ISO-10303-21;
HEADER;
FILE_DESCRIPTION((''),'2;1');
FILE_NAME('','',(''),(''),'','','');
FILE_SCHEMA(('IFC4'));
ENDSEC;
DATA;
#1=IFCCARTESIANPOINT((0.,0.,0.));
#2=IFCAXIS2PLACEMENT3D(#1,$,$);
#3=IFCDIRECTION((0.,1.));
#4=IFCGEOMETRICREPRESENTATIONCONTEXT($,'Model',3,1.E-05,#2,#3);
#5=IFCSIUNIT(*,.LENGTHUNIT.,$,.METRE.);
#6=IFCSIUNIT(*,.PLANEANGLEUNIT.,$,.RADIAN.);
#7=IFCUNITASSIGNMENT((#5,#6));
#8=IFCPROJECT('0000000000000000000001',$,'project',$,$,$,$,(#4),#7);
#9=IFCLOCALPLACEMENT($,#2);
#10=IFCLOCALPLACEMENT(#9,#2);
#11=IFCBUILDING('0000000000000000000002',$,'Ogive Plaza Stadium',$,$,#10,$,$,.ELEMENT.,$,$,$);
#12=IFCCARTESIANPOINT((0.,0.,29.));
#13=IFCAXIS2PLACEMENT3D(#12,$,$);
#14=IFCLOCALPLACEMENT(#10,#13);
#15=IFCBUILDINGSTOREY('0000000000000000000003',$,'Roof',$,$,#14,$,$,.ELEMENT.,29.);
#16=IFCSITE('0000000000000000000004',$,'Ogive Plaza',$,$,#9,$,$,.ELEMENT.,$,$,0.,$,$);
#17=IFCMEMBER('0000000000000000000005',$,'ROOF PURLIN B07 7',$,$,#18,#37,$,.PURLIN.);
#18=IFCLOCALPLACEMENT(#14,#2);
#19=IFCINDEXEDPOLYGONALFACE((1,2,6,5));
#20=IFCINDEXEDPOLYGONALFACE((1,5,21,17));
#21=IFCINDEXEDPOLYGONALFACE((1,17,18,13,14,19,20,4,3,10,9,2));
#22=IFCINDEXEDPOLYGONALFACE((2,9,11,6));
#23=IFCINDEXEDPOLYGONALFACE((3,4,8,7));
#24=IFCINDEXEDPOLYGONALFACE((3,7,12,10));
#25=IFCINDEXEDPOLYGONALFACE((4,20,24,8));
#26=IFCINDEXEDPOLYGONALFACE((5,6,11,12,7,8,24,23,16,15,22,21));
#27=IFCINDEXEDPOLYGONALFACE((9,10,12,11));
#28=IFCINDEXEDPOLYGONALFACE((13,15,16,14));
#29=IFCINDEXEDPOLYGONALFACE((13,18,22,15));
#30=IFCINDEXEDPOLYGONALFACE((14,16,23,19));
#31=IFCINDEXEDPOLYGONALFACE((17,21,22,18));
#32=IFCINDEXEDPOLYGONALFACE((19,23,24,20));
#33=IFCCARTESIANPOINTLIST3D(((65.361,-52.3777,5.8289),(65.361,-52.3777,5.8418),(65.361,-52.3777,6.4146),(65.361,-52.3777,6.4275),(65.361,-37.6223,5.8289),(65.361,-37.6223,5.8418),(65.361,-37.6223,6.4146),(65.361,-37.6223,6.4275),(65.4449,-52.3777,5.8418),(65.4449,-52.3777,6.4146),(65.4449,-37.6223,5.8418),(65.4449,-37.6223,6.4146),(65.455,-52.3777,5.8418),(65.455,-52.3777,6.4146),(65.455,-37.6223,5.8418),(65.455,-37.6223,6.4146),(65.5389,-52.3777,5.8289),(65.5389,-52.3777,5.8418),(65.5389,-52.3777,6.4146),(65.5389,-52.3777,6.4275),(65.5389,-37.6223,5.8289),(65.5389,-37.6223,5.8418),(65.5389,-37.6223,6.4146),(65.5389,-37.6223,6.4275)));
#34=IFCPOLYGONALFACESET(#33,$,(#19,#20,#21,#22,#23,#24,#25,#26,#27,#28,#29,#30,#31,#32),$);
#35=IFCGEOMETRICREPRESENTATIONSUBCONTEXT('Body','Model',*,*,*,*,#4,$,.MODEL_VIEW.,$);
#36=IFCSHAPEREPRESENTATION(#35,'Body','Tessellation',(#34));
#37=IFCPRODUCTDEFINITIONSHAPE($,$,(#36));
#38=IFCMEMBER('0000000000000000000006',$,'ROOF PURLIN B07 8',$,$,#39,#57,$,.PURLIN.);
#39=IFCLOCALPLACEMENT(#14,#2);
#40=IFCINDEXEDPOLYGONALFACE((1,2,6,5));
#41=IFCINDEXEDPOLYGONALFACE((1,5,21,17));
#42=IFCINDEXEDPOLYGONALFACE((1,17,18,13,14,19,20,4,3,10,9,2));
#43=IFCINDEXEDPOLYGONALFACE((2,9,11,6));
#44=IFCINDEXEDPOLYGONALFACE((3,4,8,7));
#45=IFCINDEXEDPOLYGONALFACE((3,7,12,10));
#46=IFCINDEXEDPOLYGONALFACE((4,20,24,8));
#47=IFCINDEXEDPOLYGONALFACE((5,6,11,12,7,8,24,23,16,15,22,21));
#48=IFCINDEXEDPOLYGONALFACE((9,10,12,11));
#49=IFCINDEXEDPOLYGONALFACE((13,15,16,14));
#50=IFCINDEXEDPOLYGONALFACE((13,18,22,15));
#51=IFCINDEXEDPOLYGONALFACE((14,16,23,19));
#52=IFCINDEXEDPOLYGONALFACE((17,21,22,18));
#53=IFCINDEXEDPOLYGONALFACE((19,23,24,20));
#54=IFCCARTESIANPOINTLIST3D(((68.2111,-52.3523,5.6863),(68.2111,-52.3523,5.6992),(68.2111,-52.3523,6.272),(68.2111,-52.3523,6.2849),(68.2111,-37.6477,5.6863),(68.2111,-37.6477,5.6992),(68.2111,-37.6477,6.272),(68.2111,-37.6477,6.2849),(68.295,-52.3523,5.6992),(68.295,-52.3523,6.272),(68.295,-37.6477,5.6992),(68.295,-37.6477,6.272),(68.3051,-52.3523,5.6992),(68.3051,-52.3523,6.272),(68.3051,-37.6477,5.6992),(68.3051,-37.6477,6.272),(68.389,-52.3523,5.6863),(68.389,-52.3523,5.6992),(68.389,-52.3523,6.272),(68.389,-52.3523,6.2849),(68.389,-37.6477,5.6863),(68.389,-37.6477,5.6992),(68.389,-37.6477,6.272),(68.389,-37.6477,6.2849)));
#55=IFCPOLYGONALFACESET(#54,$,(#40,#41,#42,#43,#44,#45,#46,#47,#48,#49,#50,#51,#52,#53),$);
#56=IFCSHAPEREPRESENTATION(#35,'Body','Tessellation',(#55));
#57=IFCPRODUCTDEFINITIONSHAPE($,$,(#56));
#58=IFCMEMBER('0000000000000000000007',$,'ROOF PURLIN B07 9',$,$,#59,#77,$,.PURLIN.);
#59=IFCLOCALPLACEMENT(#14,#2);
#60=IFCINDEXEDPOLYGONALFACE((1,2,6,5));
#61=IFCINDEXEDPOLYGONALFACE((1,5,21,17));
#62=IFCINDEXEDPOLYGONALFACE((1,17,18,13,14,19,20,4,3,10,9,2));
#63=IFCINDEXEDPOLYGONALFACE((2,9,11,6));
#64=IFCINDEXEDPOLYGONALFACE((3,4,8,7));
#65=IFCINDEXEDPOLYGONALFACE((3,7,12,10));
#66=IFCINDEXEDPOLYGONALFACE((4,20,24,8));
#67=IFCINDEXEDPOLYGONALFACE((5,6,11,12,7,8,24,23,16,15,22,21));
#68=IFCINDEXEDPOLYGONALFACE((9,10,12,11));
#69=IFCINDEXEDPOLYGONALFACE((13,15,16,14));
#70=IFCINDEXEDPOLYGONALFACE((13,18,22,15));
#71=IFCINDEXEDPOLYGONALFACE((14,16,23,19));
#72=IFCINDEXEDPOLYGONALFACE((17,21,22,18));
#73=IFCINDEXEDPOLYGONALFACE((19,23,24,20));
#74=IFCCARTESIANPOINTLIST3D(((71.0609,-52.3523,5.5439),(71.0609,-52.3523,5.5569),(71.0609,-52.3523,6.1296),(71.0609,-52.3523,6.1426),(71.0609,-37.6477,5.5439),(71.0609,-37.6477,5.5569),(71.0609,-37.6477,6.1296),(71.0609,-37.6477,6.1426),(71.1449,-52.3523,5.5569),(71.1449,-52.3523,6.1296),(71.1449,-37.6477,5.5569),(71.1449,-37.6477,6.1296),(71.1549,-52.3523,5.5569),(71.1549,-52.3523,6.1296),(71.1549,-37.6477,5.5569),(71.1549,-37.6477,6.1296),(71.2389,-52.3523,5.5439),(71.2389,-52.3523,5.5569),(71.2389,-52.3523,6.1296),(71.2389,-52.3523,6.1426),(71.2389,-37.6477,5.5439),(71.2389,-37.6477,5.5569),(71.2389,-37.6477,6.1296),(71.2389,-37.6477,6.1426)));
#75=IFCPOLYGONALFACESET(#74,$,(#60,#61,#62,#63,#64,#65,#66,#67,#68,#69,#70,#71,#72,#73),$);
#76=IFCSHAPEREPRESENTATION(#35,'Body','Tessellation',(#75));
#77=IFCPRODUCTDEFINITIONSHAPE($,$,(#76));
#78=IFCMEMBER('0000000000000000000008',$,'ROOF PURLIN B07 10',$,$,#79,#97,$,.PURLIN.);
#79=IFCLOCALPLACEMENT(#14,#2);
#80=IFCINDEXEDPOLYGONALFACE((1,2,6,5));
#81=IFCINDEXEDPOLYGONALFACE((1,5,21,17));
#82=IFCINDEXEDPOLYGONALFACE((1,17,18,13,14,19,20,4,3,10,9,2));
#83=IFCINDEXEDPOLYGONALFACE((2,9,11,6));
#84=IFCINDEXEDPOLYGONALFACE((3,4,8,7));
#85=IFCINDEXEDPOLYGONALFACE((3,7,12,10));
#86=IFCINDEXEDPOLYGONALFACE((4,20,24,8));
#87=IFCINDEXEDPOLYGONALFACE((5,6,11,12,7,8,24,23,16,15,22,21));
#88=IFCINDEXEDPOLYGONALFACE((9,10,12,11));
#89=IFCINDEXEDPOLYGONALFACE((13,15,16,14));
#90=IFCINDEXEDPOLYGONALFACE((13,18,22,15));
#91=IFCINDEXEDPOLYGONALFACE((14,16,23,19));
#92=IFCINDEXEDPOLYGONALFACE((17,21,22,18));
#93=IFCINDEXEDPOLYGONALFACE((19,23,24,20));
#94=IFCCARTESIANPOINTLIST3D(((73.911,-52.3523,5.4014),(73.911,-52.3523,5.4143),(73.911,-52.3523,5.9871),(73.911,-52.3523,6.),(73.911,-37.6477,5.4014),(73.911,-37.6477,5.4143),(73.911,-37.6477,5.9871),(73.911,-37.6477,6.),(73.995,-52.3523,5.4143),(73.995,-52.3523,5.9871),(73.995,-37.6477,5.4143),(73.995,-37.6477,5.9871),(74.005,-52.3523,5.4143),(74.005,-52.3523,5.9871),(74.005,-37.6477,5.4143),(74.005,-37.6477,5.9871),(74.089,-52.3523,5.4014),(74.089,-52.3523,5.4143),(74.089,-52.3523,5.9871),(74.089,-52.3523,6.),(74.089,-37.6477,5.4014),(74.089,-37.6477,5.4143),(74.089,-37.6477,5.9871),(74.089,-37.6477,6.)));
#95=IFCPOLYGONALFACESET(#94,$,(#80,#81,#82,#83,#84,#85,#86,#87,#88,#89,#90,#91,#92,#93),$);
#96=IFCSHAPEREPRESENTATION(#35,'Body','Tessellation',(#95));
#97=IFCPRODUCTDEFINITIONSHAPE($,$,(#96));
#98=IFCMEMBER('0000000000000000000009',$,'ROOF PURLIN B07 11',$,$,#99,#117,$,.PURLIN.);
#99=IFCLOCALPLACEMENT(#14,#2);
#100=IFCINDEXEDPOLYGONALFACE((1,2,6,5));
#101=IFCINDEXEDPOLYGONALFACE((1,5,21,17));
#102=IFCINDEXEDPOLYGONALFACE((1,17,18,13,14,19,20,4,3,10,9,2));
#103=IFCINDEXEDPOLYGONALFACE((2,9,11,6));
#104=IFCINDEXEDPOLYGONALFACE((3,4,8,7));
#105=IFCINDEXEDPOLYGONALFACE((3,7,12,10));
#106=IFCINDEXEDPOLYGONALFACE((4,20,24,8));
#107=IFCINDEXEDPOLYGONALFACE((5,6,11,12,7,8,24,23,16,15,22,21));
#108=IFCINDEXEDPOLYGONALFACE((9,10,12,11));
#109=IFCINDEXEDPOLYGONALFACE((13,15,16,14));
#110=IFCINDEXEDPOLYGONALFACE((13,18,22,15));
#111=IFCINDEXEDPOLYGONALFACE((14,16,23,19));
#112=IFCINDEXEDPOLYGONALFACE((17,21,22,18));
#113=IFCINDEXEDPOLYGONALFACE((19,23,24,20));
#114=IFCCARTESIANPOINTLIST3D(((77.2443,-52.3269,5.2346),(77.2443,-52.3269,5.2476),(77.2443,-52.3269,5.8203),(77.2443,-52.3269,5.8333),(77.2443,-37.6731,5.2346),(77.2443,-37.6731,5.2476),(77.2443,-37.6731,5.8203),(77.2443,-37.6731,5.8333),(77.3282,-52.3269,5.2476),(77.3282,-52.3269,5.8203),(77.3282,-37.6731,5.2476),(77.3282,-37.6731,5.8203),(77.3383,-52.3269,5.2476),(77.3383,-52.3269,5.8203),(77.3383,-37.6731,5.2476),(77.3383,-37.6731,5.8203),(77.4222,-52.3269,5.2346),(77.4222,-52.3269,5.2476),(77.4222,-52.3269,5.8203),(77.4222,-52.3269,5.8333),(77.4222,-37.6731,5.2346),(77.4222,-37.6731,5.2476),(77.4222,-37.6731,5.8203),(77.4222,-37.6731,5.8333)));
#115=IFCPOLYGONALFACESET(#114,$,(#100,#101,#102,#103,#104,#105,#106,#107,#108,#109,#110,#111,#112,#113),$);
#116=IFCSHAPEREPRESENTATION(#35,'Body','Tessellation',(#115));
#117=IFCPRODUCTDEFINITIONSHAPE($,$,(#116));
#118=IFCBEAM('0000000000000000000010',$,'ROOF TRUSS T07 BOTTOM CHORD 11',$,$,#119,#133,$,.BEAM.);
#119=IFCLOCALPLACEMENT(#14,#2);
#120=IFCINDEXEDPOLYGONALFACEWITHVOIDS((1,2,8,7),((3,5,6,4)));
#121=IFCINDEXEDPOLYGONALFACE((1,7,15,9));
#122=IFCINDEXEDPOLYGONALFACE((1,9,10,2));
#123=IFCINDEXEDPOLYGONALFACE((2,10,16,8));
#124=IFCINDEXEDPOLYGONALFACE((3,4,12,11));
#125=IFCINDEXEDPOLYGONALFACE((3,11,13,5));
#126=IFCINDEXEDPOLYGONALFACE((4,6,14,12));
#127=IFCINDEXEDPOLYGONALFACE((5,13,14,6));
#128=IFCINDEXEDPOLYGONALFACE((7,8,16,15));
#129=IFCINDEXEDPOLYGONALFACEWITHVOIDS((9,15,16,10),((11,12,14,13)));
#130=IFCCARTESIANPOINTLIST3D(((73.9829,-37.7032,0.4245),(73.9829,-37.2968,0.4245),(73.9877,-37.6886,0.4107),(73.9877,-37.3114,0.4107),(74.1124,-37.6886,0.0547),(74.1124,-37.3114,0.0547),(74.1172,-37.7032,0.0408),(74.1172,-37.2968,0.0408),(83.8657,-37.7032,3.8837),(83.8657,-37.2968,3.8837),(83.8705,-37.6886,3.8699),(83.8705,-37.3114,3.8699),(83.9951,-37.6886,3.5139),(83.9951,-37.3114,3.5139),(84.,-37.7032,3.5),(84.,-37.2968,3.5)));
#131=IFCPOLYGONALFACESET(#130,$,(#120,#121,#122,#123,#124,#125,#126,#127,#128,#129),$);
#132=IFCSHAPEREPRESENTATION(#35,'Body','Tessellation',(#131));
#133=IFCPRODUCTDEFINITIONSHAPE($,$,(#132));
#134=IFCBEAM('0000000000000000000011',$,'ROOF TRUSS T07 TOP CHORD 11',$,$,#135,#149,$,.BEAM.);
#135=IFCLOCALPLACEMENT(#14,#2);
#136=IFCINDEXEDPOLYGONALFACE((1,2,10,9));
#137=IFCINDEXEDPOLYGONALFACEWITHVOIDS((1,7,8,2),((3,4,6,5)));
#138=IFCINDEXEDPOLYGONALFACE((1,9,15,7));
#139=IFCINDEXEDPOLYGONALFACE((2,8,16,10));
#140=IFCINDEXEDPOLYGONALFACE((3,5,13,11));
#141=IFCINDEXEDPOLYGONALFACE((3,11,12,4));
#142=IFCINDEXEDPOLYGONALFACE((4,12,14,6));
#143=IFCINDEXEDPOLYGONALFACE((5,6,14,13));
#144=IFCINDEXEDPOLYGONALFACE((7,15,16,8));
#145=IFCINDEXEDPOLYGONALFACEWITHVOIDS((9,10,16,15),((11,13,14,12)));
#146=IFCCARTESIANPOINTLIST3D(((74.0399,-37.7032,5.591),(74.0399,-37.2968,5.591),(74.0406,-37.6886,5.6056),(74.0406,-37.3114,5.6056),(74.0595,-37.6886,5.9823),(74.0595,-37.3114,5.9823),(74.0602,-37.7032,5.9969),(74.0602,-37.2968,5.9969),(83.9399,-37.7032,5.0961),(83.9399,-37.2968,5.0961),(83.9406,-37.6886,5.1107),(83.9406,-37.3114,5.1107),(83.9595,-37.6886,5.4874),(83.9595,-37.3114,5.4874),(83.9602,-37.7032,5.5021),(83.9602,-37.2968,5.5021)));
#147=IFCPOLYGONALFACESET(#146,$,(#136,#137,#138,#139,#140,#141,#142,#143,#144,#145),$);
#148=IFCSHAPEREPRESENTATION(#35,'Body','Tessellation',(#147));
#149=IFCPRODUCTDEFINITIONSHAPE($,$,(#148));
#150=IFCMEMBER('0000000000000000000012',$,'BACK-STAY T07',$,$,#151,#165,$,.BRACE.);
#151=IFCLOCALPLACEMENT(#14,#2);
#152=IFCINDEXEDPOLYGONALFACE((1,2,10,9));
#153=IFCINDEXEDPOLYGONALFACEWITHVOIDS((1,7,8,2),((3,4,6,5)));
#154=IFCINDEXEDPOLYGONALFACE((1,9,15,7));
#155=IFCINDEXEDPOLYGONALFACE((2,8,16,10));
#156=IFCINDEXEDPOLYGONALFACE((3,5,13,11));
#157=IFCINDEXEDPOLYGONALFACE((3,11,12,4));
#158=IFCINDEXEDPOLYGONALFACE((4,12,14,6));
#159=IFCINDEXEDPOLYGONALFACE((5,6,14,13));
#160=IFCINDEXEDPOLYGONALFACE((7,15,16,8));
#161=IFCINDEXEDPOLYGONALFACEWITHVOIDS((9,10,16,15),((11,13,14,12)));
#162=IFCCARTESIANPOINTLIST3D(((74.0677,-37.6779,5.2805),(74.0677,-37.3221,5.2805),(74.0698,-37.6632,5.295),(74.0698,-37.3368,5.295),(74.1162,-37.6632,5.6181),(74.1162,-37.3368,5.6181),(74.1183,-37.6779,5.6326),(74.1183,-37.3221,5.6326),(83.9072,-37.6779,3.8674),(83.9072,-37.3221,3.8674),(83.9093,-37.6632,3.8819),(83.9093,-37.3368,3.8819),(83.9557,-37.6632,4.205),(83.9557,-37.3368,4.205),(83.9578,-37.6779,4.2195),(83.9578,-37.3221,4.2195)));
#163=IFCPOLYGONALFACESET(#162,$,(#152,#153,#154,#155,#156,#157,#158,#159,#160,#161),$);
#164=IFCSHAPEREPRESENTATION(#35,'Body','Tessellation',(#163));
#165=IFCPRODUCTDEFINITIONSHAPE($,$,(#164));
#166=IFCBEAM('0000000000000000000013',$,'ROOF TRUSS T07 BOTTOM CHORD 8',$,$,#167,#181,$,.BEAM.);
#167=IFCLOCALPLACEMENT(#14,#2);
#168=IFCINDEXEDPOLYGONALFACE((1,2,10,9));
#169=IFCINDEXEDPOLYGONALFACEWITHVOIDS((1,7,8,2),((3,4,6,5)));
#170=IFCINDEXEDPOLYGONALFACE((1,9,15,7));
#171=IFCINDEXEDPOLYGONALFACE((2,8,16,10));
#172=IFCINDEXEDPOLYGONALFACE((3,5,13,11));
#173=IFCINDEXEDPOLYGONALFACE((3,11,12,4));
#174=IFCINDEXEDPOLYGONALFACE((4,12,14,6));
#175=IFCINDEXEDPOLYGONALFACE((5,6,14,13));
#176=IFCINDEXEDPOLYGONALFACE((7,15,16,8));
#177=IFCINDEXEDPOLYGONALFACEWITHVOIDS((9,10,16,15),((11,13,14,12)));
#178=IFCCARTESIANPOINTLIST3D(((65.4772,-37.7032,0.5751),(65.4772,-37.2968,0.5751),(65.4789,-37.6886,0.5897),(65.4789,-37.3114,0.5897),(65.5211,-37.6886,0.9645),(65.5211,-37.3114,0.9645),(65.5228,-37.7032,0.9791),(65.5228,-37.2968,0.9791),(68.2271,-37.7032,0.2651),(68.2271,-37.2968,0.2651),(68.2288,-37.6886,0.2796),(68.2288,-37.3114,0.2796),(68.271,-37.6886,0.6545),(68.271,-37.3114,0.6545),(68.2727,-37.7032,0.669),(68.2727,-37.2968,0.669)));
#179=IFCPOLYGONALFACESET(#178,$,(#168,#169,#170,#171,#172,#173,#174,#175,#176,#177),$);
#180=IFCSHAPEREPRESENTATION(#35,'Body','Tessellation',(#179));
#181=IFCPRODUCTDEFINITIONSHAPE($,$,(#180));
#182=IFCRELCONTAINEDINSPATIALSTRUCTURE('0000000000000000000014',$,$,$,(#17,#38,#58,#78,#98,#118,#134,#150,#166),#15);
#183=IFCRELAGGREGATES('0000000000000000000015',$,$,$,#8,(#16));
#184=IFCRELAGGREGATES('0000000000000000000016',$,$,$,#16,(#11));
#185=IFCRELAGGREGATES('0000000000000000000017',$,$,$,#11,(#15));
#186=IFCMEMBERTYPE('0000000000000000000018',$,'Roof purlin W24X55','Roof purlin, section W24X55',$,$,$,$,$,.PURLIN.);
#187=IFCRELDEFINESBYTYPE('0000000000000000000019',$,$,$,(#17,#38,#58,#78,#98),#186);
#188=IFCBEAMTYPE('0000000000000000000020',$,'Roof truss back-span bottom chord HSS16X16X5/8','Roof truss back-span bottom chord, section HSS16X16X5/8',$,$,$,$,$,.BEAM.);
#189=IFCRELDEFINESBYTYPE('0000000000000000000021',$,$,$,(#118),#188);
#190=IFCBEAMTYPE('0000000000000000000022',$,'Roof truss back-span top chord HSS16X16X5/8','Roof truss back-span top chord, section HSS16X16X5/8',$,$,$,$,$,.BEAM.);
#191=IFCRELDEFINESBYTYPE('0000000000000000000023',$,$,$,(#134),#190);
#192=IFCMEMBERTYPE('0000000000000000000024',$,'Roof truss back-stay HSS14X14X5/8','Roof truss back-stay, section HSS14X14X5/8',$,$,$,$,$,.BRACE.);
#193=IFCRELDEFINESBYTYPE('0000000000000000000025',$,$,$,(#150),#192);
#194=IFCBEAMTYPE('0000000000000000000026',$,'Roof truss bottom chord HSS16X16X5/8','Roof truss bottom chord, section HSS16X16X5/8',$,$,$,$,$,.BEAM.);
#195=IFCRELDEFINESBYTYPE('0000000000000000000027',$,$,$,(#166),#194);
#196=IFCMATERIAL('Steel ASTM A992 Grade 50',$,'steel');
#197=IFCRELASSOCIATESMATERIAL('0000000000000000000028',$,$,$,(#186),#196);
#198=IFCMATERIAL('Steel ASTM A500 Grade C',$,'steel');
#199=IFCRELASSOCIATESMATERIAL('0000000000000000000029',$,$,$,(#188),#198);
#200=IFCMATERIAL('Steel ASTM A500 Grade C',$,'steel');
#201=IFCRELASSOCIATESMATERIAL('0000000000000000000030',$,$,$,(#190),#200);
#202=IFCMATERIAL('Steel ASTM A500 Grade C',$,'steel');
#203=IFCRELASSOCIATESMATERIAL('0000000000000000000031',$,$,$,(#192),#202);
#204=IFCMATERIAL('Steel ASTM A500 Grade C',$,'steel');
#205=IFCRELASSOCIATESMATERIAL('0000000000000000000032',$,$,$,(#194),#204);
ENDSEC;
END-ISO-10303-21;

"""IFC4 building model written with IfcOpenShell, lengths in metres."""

from ifc_helpers import new_model, si_unit, direction, frame, origin, origin_2d, place, context, subcontext, project, spatial, hollow_rectangle, i_section, extrude, material, material_profile, profile_set, type_object, element, save


model = new_model("IFC4")

# Units and contexts
model_context = context("Model", 3, precision=1e-05, world=origin(), true_north=direction((0.0, 1.0)))
body_context = subcontext(model_context, "Body", "Model", "MODEL_VIEW")
ifc_project = project(units=[si_unit("LENGTHUNIT", "METRE"), si_unit("PLANEANGLEUNIT", "RADIAN")], contexts=[model_context])

# Site, building, storey
site_placement = place(None, origin())
site = spatial("IfcSite", under=ifc_project, at=site_placement, Name="Ogive Plaza", CompositionType="ELEMENT", RefElevation=0.0)
building_placement = place(site_placement, origin())
building = spatial("IfcBuilding", under=site, at=building_placement, Name="Ogive Plaza Stadium", CompositionType="ELEMENT")
storey_placement = place(building_placement, frame((0.0, 0.0, 29.0)))
storey = spatial("IfcBuildingStorey", under=building, at=storey_placement, Name="Roof", CompositionType="ELEMENT", Elevation=29.0)

# Members
ifc_material_1 = material(Name="Steel ASTM A992 Grade 50", Category="steel")
ifc_material_profile_1 = material_profile(ifc_material_1, i_section(OverallWidth=0.178, OverallDepth=0.5986, WebThickness=0.01, FlangeThickness=0.0129, at=origin_2d()), Name="W24X55")
ifc_profile_set_1 = profile_set([ifc_material_profile_1], Name="Steel ASTM A992 Grade 50")
member_type_1 = type_object("IfcMemberType", Name="Roof purlin W24X55", Description="Roof purlin, section W24X55", PredefinedType="PURLIN", material=ifc_profile_set_1)
member_1_placement = place(storey_placement, frame((65.45, -37.6223, 6.1282), z_axis=(0.0, -1.0, 0.0), x_axis=(1.0, 0.0, 0.0)))
element("IfcMember", 1, at=member_1_placement, inside=storey, type_object=member_type_1, Name="ROOF PURLIN B07 7", PredefinedType="PURLIN", context=body_context, shape_type="SweptSolid", body=[
    extrude(i_section(OverallWidth=0.178, OverallDepth=0.5986, WebThickness=0.01, FlangeThickness=0.0129, at=origin_2d()), origin(), (0.0, 0.0, 1.0), 14.7554),
])
for number, where, z_axis, x_axis, name in (
    (2, (68.3, -37.6477, 5.9856), (0.0, -1.0, 0.0), (1.0, 0.0, 0.0), "ROOF PURLIN B07 8"),
    (3, (71.1499, -37.6477, 5.8433), (0.0, -1.0, 0.0), (1.0, 0.0, 0.0), "ROOF PURLIN B07 9"),
    (4, (74.0, -37.6477, 5.7007), (0.0, -1.0, 0.0), (1.0, 0.0, 0.0), "ROOF PURLIN B07 10"),
):
    element("IfcMember", number, at=place(storey_placement, frame(where, z_axis=z_axis, x_axis=x_axis)), inside=storey, type_object=member_type_1, Name=name, PredefinedType="PURLIN", context=body_context, shape_type="SweptSolid", body=[
        extrude(i_section(OverallWidth=0.178, OverallDepth=0.5986, WebThickness=0.01, FlangeThickness=0.0129, at=origin_2d()), origin(), (0.0, 0.0, 1.0), 14.7046),
    ])
member_2_placement = place(storey_placement, frame((77.3333, -37.6731, 5.5339), z_axis=(0.0, -1.0, 0.0), x_axis=(1.0, 0.0, 0.0)))
element("IfcMember", 5, at=member_2_placement, inside=storey, type_object=member_type_1, Name="ROOF PURLIN B07 11", PredefinedType="PURLIN", context=body_context, shape_type="SweptSolid", body=[
    extrude(i_section(OverallWidth=0.178, OverallDepth=0.5986, WebThickness=0.01, FlangeThickness=0.0129, at=origin_2d()), origin(), (0.0, 0.0, 1.0), 14.6538),
])

# Beams
ifc_material_2 = material(Name="Steel ASTM A500 Grade C", Category="steel")
ifc_material_profile_2 = material_profile(ifc_material_2, hollow_rectangle(XDim=0.4065, YDim=0.4065, WallThickness=0.0146, at=origin_2d()), Name="HSS16X16X5/8")
ifc_profile_set_2 = profile_set([ifc_material_profile_2], Name="Steel ASTM A500 Grade C")
beam_type_1 = type_object("IfcBeamType", Name="Roof truss back-span bottom chord HSS16X16X5/8", Description="Roof truss back-span bottom chord, section HSS16X16X5/8", PredefinedType="BEAM", material=ifc_profile_set_2)
beam_1_placement = place(storey_placement, frame((74.05, -37.5, 0.2327), z_axis=(0.943851, 0.0, 0.330371), x_axis=(0.0, 1.0, 0.0)))
element("IfcBeam", 6, at=beam_1_placement, inside=storey, type_object=beam_type_1, Name="ROOF TRUSS T07 BOTTOM CHORD 11", PredefinedType="BEAM", context=body_context, shape_type="SweptSolid", body=[
    extrude(hollow_rectangle(XDim=0.4065, YDim=0.4065, WallThickness=0.0146, at=origin_2d()), origin(), (0.0, 0.0, 1.0), 10.4707),
])
ifc_material_3 = material(Name="Steel ASTM A500 Grade C", Category="steel")
ifc_material_profile_3 = material_profile(ifc_material_3, hollow_rectangle(XDim=0.4065, YDim=0.4065, WallThickness=0.0146, at=origin_2d()), Name="HSS16X16X5/8")
ifc_profile_set_3 = profile_set([ifc_material_profile_3], Name="Steel ASTM A500 Grade C")
beam_type_2 = type_object("IfcBeamType", Name="Roof truss back-span top chord HSS16X16X5/8", Description="Roof truss back-span top chord, section HSS16X16X5/8", PredefinedType="BEAM", material=ifc_profile_set_3)
beam_2_placement = place(storey_placement, frame((74.05, -37.5, 5.7939), z_axis=(0.998753, 0.0, -0.049925), x_axis=(0.0, 1.0, 0.0)))
element("IfcBeam", 7, at=beam_2_placement, inside=storey, type_object=beam_type_2, Name="ROOF TRUSS T07 TOP CHORD 11", PredefinedType="BEAM", context=body_context, shape_type="SweptSolid", body=[
    extrude(hollow_rectangle(XDim=0.4065, YDim=0.4065, WallThickness=0.0146, at=origin_2d()), origin(), (0.0, 0.0, 1.0), 9.9124),
])

# Member
ifc_material_4 = material(Name="Steel ASTM A500 Grade C", Category="steel")
ifc_material_profile_4 = material_profile(ifc_material_4, hollow_rectangle(XDim=0.3557, YDim=0.3557, WallThickness=0.0146, at=origin_2d()), Name="HSS14X14X5/8")
ifc_profile_set_4 = profile_set([ifc_material_profile_4], Name="Steel ASTM A500 Grade C")
member_type_2 = type_object("IfcMemberType", Name="Roof truss back-stay HSS14X14X5/8", Description="Roof truss back-stay, section HSS14X14X5/8", PredefinedType="BRACE", material=ifc_profile_set_4)
member_3_placement = place(storey_placement, frame((74.093, -37.5, 5.4565), z_axis=(0.989844, 0.0, -0.142157), x_axis=(0.0, 1.0, 0.0)))
element("IfcMember", 8, at=member_3_placement, inside=storey, type_object=member_type_2, Name="BACK-STAY T07", PredefinedType="BRACE", context=body_context, shape_type="SweptSolid", body=[
    extrude(hollow_rectangle(XDim=0.3557, YDim=0.3557, WallThickness=0.0146, at=origin_2d()), origin(), (0.0, 0.0, 1.0), 9.9404),
])

# Beam
ifc_material_5 = material(Name="Steel ASTM A500 Grade C", Category="steel")
ifc_material_profile_5 = material_profile(ifc_material_5, hollow_rectangle(XDim=0.4065, YDim=0.4065, WallThickness=0.0146, at=origin_2d()), Name="HSS16X16X5/8")
ifc_profile_set_5 = profile_set([ifc_material_profile_5], Name="Steel ASTM A500 Grade C")
beam_type_3 = type_object("IfcBeamType", Name="Roof truss bottom chord HSS16X16X5/8", Description="Roof truss bottom chord, section HSS16X16X5/8", PredefinedType="BEAM", material=ifc_profile_set_5)
beam_3_placement = place(storey_placement, frame((65.5, -37.5, 0.7771), z_axis=(0.993704, 0.0, -0.112039), x_axis=(0.0, 1.0, 0.0)))
element("IfcBeam", 9, at=beam_3_placement, inside=storey, type_object=beam_type_3, Name="ROOF TRUSS T07 BOTTOM CHORD 8", PredefinedType="BEAM", context=body_context, shape_type="SweptSolid", body=[
    extrude(hollow_rectangle(XDim=0.4065, YDim=0.4065, WallThickness=0.0146, at=origin_2d()), origin(), (0.0, 0.0, 1.0), 2.7673),
])

save(model, "model.ifc")
